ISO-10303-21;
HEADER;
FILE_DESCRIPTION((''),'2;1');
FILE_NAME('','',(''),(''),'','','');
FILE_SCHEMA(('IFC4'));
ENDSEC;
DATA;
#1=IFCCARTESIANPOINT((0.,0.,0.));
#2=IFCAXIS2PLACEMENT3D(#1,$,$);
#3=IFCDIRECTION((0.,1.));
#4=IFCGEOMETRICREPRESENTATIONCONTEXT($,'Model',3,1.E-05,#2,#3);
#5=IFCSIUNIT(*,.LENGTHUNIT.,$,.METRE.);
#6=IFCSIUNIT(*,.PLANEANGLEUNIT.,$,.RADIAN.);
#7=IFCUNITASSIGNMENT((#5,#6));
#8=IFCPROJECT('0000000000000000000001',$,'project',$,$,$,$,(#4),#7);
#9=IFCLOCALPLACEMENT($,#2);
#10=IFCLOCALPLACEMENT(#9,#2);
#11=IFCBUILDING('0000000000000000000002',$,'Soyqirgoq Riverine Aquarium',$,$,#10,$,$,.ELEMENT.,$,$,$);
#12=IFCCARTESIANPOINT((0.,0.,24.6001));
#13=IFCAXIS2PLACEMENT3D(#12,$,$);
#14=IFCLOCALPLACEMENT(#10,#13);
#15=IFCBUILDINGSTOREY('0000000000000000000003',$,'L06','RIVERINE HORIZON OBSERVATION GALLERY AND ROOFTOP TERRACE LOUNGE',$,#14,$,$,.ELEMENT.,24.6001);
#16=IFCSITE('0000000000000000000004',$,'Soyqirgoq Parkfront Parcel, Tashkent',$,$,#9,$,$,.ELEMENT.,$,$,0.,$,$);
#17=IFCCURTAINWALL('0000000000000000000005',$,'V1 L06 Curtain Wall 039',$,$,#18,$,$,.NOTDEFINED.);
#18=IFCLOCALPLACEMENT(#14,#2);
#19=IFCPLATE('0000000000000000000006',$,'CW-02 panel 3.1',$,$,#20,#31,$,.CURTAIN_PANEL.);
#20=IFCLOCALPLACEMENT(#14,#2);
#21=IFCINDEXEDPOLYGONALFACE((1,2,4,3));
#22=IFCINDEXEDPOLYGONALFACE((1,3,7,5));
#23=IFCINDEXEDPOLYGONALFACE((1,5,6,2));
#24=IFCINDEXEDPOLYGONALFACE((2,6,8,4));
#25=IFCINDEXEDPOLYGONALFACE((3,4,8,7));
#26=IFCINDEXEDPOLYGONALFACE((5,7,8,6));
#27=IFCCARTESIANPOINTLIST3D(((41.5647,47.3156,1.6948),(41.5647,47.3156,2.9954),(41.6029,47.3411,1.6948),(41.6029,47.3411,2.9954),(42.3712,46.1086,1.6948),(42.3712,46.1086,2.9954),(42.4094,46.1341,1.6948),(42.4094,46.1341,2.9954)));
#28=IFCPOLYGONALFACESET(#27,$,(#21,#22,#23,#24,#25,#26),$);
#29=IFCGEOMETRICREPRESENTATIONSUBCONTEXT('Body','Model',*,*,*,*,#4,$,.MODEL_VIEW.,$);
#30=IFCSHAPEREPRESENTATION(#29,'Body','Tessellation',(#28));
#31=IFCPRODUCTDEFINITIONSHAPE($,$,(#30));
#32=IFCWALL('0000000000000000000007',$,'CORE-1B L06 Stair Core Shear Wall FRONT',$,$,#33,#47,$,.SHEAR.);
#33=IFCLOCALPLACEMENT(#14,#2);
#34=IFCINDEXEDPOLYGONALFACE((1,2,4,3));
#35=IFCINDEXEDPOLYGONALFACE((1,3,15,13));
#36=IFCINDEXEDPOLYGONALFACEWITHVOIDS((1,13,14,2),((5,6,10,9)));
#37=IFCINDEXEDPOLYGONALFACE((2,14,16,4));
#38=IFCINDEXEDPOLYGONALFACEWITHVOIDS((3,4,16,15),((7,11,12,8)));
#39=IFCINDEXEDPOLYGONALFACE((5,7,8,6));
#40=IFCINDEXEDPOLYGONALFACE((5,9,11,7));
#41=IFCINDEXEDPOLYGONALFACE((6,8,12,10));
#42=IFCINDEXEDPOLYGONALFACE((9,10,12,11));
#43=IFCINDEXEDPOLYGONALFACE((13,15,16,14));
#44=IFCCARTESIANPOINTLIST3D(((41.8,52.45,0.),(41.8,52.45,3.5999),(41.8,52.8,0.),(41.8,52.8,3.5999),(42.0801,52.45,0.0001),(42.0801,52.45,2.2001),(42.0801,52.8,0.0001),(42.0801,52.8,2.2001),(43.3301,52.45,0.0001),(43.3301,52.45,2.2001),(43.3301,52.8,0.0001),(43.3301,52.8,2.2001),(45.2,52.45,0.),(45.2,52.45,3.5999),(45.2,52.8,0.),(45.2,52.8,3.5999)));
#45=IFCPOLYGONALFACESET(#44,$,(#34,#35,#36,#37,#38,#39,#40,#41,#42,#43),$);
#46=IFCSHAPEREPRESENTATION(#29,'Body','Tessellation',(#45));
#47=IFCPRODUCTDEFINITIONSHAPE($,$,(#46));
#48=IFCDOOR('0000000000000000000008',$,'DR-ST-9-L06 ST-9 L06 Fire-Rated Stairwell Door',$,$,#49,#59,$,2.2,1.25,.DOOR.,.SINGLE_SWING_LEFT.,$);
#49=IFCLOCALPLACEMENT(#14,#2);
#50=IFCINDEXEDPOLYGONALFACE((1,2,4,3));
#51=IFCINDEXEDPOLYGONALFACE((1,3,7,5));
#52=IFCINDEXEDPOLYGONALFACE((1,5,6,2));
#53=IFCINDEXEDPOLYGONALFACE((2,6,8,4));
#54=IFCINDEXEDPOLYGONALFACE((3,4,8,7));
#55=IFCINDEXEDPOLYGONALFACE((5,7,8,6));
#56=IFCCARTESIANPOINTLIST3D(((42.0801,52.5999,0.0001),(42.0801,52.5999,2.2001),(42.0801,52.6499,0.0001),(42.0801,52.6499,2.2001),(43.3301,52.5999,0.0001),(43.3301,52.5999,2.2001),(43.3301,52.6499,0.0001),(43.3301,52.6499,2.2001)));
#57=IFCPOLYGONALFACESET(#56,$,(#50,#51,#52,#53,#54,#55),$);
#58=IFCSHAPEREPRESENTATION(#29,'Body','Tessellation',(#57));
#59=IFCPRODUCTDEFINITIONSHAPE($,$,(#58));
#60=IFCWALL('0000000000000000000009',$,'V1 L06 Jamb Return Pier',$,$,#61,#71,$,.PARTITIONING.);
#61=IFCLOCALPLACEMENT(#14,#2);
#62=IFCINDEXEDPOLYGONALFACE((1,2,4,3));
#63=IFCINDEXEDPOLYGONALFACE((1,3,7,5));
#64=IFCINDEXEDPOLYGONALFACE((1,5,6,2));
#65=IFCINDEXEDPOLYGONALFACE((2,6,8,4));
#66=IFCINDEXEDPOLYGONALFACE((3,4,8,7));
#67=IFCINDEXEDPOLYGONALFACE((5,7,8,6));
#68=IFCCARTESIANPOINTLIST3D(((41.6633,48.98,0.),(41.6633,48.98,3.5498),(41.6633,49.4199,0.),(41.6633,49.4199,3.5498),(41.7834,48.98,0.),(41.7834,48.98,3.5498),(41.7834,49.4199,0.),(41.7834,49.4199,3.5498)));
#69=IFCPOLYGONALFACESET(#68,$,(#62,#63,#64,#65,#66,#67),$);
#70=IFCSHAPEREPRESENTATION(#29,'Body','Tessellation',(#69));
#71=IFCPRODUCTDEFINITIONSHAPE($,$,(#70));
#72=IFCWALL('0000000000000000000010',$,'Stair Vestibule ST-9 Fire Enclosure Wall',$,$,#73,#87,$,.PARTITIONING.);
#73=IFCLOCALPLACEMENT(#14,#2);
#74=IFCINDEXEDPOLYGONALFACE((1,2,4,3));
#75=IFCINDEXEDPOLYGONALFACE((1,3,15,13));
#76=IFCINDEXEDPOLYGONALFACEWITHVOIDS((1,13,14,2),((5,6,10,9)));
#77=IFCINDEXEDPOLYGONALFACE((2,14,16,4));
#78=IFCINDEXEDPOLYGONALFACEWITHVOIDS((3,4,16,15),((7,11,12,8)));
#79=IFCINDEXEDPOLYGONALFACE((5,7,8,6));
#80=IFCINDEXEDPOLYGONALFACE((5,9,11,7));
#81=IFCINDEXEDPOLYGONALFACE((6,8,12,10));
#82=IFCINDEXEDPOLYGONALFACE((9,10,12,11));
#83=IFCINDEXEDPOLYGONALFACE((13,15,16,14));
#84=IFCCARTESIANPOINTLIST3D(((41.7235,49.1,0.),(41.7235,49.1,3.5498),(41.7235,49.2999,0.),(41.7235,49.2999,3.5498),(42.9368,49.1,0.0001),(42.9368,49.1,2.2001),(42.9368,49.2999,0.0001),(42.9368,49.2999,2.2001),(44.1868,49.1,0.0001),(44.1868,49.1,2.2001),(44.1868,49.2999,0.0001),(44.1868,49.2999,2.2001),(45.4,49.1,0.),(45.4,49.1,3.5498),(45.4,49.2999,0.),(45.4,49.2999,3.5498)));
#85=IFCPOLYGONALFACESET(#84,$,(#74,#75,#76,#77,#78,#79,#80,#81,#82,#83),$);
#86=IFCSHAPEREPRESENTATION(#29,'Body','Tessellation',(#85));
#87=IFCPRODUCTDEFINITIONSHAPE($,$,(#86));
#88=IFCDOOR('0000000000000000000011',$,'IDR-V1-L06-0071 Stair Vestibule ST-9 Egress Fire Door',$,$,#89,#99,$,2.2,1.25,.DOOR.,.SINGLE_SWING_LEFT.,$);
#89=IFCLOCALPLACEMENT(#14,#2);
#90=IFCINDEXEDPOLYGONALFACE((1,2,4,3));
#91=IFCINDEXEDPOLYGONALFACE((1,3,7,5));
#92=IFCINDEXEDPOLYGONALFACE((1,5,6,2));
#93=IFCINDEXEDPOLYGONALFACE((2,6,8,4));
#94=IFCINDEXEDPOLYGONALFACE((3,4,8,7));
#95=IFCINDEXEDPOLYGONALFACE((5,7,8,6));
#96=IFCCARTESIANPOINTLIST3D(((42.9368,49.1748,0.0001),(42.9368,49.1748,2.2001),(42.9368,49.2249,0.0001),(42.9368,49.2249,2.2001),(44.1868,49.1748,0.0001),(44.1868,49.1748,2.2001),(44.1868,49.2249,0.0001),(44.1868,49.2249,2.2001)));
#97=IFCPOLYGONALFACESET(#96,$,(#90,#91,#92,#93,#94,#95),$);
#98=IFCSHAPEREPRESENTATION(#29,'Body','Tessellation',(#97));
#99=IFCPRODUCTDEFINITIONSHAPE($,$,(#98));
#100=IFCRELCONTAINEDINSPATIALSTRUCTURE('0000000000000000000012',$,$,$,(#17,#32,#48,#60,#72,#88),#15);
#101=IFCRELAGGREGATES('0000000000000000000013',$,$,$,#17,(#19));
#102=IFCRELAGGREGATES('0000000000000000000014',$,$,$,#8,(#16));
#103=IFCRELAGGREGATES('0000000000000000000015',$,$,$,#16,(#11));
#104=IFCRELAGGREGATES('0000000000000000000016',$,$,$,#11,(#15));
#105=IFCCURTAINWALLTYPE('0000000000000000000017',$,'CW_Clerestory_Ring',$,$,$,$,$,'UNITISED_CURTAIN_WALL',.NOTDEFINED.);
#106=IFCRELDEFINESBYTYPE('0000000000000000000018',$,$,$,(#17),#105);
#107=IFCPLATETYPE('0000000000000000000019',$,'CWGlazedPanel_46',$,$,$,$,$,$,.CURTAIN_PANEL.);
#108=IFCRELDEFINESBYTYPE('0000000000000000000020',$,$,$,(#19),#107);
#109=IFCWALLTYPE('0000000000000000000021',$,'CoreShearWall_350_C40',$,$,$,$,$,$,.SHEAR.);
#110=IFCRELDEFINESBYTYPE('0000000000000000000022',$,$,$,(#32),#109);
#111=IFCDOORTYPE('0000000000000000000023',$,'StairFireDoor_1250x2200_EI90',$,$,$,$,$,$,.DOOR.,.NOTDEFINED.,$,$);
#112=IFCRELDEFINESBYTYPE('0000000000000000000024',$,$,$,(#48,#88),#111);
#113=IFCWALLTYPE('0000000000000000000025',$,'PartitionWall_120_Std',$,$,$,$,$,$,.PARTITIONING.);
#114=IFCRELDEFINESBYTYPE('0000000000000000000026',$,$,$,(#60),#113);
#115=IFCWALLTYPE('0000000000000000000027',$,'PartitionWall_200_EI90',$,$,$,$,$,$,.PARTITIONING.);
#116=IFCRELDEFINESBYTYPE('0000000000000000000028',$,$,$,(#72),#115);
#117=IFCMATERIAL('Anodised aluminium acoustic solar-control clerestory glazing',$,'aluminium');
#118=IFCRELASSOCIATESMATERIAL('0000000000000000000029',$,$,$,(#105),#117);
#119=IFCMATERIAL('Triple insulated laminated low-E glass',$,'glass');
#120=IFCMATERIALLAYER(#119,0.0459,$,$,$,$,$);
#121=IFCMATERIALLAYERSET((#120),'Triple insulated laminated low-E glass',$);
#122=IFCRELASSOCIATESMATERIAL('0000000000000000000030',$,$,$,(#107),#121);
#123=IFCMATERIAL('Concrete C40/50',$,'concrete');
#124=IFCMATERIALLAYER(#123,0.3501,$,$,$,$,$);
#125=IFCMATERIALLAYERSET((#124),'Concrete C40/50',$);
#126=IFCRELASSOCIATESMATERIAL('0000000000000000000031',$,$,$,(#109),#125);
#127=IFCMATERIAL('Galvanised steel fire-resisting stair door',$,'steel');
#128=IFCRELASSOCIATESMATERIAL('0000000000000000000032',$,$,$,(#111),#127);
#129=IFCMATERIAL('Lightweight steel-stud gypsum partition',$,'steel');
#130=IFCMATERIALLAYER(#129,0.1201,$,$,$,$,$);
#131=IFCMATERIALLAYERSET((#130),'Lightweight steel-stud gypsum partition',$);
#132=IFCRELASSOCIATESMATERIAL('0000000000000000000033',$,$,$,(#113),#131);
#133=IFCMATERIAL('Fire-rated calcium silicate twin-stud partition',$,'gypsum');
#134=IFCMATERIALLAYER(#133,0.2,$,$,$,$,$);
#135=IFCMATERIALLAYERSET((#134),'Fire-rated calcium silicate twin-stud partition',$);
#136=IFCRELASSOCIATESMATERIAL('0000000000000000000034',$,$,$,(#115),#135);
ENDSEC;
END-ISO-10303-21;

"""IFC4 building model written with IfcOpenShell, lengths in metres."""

from ifc_helpers import new_model, si_unit, direction, frame, frame_2d, origin, origin_2d, place, context, subcontext, project, spatial, rectangle, extrude, material, layer, layer_set, type_object, element, fill, aggregate, save


model = new_model("IFC4")

# Units and contexts
model_context = context("Model", 3, precision=1e-05, world=origin(), true_north=direction((0.0, 1.0)))
body_context = subcontext(model_context, "Body", "Model", "MODEL_VIEW")
ifc_project = project(units=[si_unit("LENGTHUNIT", "METRE"), si_unit("PLANEANGLEUNIT", "RADIAN")], contexts=[model_context])

# Site, building, storey
site_placement = place(None, origin())
site = spatial("IfcSite", under=ifc_project, at=site_placement, Name="Soyqirgoq Parkfront Parcel, Tashkent", CompositionType="ELEMENT", RefElevation=0.0)
building_placement = place(site_placement, origin())
building = spatial("IfcBuilding", under=site, at=building_placement, Name="Soyqirgoq Riverine Aquarium", CompositionType="ELEMENT")
storey_placement = place(building_placement, frame((0.0, 0.0, 24.6001)))
storey = spatial("IfcBuildingStorey", under=building, at=storey_placement, Name="L06", Description="RIVERINE HORIZON OBSERVATION GALLERY AND ROOFTOP TERRACE LOUNGE", CompositionType="ELEMENT", Elevation=24.6001)

# Curtain wall, plate
ifc_material_1 = material(Name="Anodised aluminium acoustic solar-control clerestory glazing", Category="aluminium")
curtain_wall_type = type_object("IfcCurtainWallType", Name="CW_Clerestory_Ring", ElementType="UNITISED_CURTAIN_WALL", PredefinedType="NOTDEFINED", material=ifc_material_1)
curtain_wall_placement = place(storey_placement, origin())
curtain_wall = element("IfcCurtainWall", 1, at=curtain_wall_placement, inside=storey, type_object=curtain_wall_type, Name="V1 L06 Curtain Wall 039", PredefinedType="NOTDEFINED")
ifc_material_2 = material(Name="Triple insulated laminated low-E glass", Category="glass")
ifc_layer_1 = layer(ifc_material_2, 0.0459)
ifc_layer_set_1 = layer_set([ifc_layer_1], Name="Triple insulated laminated low-E glass")
plate_type = type_object("IfcPlateType", Name="CWGlazedPanel_46", PredefinedType="CURTAIN_PANEL", material=ifc_layer_set_1)
plate_1_placement = place(storey_placement, frame((41.9871, 46.7249, 1.6948), z_axis=(0.0, 0.0, 1.0), x_axis=(0.555579, -0.831464, 0.0)))
plate_1 = element("IfcPlate", 2, at=plate_1_placement, type_object=plate_type, Name="CW-02 panel 3.1", PredefinedType="CURTAIN_PANEL", context=body_context, shape_type="SweptSolid", body=[
    extrude(rectangle(XDim=1.4517, YDim=0.0459, at=origin_2d()), origin(), (0.0, 0.0, 1.0), 1.3005),
])
aggregate(curtain_wall, [plate_1])

# Wall, opening, door
ifc_material_3 = material(Name="Concrete C40/50", Category="concrete")
ifc_layer_2 = layer(ifc_material_3, 0.3501)
ifc_layer_set_2 = layer_set([ifc_layer_2], Name="Concrete C40/50")
wall_type_1 = type_object("IfcWallType", Name="CoreShearWall_350_C40", PredefinedType="SHEAR", material=ifc_layer_set_2)
wall_1_placement = place(storey_placement, frame((41.8, 52.625, 0.0), z_axis=(0.0, 0.0, 1.0), x_axis=(1.0, 0.0, 0.0)))
wall_1 = element("IfcWall", 3, at=wall_1_placement, inside=storey, type_object=wall_type_1, Name="CORE-1B L06 Stair Core Shear Wall FRONT", PredefinedType="SHEAR", context=body_context, shape_type="SweptSolid", body=[
    extrude(rectangle(XDim=3.3999, YDim=0.3501, at=frame_2d((1.7, 0.0))), origin(), (0.0, 0.0, 1.0), 3.5999),
])
opening_1_placement = place(wall_1_placement, frame((0.28, 0.0, 0.0)))
opening_1 = element("IfcOpeningElement", 4, at=opening_1_placement, cuts=wall_1, PredefinedType="OPENING", context=body_context, shape_type="SweptSolid", body=[
    extrude(rectangle(XDim=1.25, YDim=2.2, at=frame_2d((0.625, 1.1001))), frame((0.0, 0.1851, 0.0), z_axis=(0.0, -1.0, 0.0), x_axis=(1.0, 0.0, 0.0)), (0.0, 0.0, 1.0), 0.3701),
])
ifc_material_4 = material(Name="Galvanised steel fire-resisting stair door", Category="steel")
door_type = type_object("IfcDoorType", Name="StairFireDoor_1250x2200_EI90", OperationType="NOTDEFINED", PredefinedType="DOOR", material=ifc_material_4)
door_1_placement = place(opening_1_placement, origin())
door_1 = element("IfcDoor", 5, at=door_1_placement, inside=storey, type_object=door_type, Name="DR-ST-9-L06 ST-9 L06 Fire-Rated Stairwell Door", OperationType="SINGLE_SWING_LEFT", OverallHeight=2.2, OverallWidth=1.25, PredefinedType="DOOR", context=body_context, shape_type="SweptSolid", body=[
    extrude(rectangle(XDim=1.25, YDim=2.2, at=frame_2d((0.625, 1.1001))), frame((0.0, 0.0249, 0.0), z_axis=(0.0, -1.0, 0.0), x_axis=(1.0, 0.0, 0.0)), (0.0, 0.0, 1.0), 0.05),
])
fill(opening_1, door_1)

# Wall
ifc_material_5 = material(Name="Lightweight steel-stud gypsum partition", Category="steel")
ifc_layer_3 = layer(ifc_material_5, 0.1201)
ifc_layer_set_3 = layer_set([ifc_layer_3], Name="Lightweight steel-stud gypsum partition")
wall_type_2 = type_object("IfcWallType", Name="PartitionWall_120_Std", PredefinedType="PARTITIONING", material=ifc_layer_set_3)
wall_2_placement = place(storey_placement, frame((41.7234, 48.98, 0.0), z_axis=(0.0, 0.0, 1.0), x_axis=(0.0, 1.0, 0.0)))
element("IfcWall", 6, at=wall_2_placement, inside=storey, type_object=wall_type_2, Name="V1 L06 Jamb Return Pier", PredefinedType="PARTITIONING", context=body_context, shape_type="SweptSolid", body=[
    extrude(rectangle(XDim=0.4399, YDim=0.1201, at=frame_2d((0.22, 0.0))), origin(), (0.0, 0.0, 1.0), 3.5498),
])

# Wall, opening, door
ifc_material_6 = material(Name="Fire-rated calcium silicate twin-stud partition", Category="gypsum")
ifc_layer_4 = layer(ifc_material_6, 0.2)
ifc_layer_set_4 = layer_set([ifc_layer_4], Name="Fire-rated calcium silicate twin-stud partition")
wall_type_3 = type_object("IfcWallType", Name="PartitionWall_200_EI90", PredefinedType="PARTITIONING", material=ifc_layer_set_4)
wall_3_placement = place(storey_placement, frame((41.7234, 49.2, 0.0), z_axis=(0.0, 0.0, 1.0), x_axis=(1.0, 0.0, 0.0)))
wall_3 = element("IfcWall", 7, at=wall_3_placement, inside=storey, type_object=wall_type_3, Name="Stair Vestibule ST-9 Fire Enclosure Wall", PredefinedType="PARTITIONING", context=body_context, shape_type="SweptSolid", body=[
    extrude(rectangle(XDim=3.6765, YDim=0.2, at=frame_2d((1.8384, 0.0))), origin(), (0.0, 0.0, 1.0), 3.5498),
])
opening_2_placement = place(wall_3_placement, frame((1.2134, 0.0, 0.0)))
opening_2 = element("IfcOpeningElement", 8, at=opening_2_placement, cuts=wall_3, PredefinedType="OPENING", context=body_context, shape_type="SweptSolid", body=[
    extrude(rectangle(XDim=1.25, YDim=2.2, at=frame_2d((0.625, 1.1001))), frame((0.0, 0.1099, 0.0), z_axis=(0.0, -1.0, 0.0), x_axis=(1.0, 0.0, 0.0)), (0.0, 0.0, 1.0), 0.22),
])
door_2_placement = place(opening_2_placement, origin())
door_2 = element("IfcDoor", 9, at=door_2_placement, inside=storey, type_object=door_type, Name="IDR-V1-L06-0071 Stair Vestibule ST-9 Egress Fire Door", OperationType="SINGLE_SWING_LEFT", OverallHeight=2.2, OverallWidth=1.25, PredefinedType="DOOR", context=body_context, shape_type="SweptSolid", body=[
    extrude(rectangle(XDim=1.25, YDim=2.2, at=frame_2d((0.625, 1.1001))), frame((0.0, 0.0249, 0.0), z_axis=(0.0, -1.0, 0.0), x_axis=(1.0, 0.0, 0.0)), (0.0, 0.0, 1.0), 0.05),
])
fill(opening_2, door_2)

save(model, "model.ifc")
